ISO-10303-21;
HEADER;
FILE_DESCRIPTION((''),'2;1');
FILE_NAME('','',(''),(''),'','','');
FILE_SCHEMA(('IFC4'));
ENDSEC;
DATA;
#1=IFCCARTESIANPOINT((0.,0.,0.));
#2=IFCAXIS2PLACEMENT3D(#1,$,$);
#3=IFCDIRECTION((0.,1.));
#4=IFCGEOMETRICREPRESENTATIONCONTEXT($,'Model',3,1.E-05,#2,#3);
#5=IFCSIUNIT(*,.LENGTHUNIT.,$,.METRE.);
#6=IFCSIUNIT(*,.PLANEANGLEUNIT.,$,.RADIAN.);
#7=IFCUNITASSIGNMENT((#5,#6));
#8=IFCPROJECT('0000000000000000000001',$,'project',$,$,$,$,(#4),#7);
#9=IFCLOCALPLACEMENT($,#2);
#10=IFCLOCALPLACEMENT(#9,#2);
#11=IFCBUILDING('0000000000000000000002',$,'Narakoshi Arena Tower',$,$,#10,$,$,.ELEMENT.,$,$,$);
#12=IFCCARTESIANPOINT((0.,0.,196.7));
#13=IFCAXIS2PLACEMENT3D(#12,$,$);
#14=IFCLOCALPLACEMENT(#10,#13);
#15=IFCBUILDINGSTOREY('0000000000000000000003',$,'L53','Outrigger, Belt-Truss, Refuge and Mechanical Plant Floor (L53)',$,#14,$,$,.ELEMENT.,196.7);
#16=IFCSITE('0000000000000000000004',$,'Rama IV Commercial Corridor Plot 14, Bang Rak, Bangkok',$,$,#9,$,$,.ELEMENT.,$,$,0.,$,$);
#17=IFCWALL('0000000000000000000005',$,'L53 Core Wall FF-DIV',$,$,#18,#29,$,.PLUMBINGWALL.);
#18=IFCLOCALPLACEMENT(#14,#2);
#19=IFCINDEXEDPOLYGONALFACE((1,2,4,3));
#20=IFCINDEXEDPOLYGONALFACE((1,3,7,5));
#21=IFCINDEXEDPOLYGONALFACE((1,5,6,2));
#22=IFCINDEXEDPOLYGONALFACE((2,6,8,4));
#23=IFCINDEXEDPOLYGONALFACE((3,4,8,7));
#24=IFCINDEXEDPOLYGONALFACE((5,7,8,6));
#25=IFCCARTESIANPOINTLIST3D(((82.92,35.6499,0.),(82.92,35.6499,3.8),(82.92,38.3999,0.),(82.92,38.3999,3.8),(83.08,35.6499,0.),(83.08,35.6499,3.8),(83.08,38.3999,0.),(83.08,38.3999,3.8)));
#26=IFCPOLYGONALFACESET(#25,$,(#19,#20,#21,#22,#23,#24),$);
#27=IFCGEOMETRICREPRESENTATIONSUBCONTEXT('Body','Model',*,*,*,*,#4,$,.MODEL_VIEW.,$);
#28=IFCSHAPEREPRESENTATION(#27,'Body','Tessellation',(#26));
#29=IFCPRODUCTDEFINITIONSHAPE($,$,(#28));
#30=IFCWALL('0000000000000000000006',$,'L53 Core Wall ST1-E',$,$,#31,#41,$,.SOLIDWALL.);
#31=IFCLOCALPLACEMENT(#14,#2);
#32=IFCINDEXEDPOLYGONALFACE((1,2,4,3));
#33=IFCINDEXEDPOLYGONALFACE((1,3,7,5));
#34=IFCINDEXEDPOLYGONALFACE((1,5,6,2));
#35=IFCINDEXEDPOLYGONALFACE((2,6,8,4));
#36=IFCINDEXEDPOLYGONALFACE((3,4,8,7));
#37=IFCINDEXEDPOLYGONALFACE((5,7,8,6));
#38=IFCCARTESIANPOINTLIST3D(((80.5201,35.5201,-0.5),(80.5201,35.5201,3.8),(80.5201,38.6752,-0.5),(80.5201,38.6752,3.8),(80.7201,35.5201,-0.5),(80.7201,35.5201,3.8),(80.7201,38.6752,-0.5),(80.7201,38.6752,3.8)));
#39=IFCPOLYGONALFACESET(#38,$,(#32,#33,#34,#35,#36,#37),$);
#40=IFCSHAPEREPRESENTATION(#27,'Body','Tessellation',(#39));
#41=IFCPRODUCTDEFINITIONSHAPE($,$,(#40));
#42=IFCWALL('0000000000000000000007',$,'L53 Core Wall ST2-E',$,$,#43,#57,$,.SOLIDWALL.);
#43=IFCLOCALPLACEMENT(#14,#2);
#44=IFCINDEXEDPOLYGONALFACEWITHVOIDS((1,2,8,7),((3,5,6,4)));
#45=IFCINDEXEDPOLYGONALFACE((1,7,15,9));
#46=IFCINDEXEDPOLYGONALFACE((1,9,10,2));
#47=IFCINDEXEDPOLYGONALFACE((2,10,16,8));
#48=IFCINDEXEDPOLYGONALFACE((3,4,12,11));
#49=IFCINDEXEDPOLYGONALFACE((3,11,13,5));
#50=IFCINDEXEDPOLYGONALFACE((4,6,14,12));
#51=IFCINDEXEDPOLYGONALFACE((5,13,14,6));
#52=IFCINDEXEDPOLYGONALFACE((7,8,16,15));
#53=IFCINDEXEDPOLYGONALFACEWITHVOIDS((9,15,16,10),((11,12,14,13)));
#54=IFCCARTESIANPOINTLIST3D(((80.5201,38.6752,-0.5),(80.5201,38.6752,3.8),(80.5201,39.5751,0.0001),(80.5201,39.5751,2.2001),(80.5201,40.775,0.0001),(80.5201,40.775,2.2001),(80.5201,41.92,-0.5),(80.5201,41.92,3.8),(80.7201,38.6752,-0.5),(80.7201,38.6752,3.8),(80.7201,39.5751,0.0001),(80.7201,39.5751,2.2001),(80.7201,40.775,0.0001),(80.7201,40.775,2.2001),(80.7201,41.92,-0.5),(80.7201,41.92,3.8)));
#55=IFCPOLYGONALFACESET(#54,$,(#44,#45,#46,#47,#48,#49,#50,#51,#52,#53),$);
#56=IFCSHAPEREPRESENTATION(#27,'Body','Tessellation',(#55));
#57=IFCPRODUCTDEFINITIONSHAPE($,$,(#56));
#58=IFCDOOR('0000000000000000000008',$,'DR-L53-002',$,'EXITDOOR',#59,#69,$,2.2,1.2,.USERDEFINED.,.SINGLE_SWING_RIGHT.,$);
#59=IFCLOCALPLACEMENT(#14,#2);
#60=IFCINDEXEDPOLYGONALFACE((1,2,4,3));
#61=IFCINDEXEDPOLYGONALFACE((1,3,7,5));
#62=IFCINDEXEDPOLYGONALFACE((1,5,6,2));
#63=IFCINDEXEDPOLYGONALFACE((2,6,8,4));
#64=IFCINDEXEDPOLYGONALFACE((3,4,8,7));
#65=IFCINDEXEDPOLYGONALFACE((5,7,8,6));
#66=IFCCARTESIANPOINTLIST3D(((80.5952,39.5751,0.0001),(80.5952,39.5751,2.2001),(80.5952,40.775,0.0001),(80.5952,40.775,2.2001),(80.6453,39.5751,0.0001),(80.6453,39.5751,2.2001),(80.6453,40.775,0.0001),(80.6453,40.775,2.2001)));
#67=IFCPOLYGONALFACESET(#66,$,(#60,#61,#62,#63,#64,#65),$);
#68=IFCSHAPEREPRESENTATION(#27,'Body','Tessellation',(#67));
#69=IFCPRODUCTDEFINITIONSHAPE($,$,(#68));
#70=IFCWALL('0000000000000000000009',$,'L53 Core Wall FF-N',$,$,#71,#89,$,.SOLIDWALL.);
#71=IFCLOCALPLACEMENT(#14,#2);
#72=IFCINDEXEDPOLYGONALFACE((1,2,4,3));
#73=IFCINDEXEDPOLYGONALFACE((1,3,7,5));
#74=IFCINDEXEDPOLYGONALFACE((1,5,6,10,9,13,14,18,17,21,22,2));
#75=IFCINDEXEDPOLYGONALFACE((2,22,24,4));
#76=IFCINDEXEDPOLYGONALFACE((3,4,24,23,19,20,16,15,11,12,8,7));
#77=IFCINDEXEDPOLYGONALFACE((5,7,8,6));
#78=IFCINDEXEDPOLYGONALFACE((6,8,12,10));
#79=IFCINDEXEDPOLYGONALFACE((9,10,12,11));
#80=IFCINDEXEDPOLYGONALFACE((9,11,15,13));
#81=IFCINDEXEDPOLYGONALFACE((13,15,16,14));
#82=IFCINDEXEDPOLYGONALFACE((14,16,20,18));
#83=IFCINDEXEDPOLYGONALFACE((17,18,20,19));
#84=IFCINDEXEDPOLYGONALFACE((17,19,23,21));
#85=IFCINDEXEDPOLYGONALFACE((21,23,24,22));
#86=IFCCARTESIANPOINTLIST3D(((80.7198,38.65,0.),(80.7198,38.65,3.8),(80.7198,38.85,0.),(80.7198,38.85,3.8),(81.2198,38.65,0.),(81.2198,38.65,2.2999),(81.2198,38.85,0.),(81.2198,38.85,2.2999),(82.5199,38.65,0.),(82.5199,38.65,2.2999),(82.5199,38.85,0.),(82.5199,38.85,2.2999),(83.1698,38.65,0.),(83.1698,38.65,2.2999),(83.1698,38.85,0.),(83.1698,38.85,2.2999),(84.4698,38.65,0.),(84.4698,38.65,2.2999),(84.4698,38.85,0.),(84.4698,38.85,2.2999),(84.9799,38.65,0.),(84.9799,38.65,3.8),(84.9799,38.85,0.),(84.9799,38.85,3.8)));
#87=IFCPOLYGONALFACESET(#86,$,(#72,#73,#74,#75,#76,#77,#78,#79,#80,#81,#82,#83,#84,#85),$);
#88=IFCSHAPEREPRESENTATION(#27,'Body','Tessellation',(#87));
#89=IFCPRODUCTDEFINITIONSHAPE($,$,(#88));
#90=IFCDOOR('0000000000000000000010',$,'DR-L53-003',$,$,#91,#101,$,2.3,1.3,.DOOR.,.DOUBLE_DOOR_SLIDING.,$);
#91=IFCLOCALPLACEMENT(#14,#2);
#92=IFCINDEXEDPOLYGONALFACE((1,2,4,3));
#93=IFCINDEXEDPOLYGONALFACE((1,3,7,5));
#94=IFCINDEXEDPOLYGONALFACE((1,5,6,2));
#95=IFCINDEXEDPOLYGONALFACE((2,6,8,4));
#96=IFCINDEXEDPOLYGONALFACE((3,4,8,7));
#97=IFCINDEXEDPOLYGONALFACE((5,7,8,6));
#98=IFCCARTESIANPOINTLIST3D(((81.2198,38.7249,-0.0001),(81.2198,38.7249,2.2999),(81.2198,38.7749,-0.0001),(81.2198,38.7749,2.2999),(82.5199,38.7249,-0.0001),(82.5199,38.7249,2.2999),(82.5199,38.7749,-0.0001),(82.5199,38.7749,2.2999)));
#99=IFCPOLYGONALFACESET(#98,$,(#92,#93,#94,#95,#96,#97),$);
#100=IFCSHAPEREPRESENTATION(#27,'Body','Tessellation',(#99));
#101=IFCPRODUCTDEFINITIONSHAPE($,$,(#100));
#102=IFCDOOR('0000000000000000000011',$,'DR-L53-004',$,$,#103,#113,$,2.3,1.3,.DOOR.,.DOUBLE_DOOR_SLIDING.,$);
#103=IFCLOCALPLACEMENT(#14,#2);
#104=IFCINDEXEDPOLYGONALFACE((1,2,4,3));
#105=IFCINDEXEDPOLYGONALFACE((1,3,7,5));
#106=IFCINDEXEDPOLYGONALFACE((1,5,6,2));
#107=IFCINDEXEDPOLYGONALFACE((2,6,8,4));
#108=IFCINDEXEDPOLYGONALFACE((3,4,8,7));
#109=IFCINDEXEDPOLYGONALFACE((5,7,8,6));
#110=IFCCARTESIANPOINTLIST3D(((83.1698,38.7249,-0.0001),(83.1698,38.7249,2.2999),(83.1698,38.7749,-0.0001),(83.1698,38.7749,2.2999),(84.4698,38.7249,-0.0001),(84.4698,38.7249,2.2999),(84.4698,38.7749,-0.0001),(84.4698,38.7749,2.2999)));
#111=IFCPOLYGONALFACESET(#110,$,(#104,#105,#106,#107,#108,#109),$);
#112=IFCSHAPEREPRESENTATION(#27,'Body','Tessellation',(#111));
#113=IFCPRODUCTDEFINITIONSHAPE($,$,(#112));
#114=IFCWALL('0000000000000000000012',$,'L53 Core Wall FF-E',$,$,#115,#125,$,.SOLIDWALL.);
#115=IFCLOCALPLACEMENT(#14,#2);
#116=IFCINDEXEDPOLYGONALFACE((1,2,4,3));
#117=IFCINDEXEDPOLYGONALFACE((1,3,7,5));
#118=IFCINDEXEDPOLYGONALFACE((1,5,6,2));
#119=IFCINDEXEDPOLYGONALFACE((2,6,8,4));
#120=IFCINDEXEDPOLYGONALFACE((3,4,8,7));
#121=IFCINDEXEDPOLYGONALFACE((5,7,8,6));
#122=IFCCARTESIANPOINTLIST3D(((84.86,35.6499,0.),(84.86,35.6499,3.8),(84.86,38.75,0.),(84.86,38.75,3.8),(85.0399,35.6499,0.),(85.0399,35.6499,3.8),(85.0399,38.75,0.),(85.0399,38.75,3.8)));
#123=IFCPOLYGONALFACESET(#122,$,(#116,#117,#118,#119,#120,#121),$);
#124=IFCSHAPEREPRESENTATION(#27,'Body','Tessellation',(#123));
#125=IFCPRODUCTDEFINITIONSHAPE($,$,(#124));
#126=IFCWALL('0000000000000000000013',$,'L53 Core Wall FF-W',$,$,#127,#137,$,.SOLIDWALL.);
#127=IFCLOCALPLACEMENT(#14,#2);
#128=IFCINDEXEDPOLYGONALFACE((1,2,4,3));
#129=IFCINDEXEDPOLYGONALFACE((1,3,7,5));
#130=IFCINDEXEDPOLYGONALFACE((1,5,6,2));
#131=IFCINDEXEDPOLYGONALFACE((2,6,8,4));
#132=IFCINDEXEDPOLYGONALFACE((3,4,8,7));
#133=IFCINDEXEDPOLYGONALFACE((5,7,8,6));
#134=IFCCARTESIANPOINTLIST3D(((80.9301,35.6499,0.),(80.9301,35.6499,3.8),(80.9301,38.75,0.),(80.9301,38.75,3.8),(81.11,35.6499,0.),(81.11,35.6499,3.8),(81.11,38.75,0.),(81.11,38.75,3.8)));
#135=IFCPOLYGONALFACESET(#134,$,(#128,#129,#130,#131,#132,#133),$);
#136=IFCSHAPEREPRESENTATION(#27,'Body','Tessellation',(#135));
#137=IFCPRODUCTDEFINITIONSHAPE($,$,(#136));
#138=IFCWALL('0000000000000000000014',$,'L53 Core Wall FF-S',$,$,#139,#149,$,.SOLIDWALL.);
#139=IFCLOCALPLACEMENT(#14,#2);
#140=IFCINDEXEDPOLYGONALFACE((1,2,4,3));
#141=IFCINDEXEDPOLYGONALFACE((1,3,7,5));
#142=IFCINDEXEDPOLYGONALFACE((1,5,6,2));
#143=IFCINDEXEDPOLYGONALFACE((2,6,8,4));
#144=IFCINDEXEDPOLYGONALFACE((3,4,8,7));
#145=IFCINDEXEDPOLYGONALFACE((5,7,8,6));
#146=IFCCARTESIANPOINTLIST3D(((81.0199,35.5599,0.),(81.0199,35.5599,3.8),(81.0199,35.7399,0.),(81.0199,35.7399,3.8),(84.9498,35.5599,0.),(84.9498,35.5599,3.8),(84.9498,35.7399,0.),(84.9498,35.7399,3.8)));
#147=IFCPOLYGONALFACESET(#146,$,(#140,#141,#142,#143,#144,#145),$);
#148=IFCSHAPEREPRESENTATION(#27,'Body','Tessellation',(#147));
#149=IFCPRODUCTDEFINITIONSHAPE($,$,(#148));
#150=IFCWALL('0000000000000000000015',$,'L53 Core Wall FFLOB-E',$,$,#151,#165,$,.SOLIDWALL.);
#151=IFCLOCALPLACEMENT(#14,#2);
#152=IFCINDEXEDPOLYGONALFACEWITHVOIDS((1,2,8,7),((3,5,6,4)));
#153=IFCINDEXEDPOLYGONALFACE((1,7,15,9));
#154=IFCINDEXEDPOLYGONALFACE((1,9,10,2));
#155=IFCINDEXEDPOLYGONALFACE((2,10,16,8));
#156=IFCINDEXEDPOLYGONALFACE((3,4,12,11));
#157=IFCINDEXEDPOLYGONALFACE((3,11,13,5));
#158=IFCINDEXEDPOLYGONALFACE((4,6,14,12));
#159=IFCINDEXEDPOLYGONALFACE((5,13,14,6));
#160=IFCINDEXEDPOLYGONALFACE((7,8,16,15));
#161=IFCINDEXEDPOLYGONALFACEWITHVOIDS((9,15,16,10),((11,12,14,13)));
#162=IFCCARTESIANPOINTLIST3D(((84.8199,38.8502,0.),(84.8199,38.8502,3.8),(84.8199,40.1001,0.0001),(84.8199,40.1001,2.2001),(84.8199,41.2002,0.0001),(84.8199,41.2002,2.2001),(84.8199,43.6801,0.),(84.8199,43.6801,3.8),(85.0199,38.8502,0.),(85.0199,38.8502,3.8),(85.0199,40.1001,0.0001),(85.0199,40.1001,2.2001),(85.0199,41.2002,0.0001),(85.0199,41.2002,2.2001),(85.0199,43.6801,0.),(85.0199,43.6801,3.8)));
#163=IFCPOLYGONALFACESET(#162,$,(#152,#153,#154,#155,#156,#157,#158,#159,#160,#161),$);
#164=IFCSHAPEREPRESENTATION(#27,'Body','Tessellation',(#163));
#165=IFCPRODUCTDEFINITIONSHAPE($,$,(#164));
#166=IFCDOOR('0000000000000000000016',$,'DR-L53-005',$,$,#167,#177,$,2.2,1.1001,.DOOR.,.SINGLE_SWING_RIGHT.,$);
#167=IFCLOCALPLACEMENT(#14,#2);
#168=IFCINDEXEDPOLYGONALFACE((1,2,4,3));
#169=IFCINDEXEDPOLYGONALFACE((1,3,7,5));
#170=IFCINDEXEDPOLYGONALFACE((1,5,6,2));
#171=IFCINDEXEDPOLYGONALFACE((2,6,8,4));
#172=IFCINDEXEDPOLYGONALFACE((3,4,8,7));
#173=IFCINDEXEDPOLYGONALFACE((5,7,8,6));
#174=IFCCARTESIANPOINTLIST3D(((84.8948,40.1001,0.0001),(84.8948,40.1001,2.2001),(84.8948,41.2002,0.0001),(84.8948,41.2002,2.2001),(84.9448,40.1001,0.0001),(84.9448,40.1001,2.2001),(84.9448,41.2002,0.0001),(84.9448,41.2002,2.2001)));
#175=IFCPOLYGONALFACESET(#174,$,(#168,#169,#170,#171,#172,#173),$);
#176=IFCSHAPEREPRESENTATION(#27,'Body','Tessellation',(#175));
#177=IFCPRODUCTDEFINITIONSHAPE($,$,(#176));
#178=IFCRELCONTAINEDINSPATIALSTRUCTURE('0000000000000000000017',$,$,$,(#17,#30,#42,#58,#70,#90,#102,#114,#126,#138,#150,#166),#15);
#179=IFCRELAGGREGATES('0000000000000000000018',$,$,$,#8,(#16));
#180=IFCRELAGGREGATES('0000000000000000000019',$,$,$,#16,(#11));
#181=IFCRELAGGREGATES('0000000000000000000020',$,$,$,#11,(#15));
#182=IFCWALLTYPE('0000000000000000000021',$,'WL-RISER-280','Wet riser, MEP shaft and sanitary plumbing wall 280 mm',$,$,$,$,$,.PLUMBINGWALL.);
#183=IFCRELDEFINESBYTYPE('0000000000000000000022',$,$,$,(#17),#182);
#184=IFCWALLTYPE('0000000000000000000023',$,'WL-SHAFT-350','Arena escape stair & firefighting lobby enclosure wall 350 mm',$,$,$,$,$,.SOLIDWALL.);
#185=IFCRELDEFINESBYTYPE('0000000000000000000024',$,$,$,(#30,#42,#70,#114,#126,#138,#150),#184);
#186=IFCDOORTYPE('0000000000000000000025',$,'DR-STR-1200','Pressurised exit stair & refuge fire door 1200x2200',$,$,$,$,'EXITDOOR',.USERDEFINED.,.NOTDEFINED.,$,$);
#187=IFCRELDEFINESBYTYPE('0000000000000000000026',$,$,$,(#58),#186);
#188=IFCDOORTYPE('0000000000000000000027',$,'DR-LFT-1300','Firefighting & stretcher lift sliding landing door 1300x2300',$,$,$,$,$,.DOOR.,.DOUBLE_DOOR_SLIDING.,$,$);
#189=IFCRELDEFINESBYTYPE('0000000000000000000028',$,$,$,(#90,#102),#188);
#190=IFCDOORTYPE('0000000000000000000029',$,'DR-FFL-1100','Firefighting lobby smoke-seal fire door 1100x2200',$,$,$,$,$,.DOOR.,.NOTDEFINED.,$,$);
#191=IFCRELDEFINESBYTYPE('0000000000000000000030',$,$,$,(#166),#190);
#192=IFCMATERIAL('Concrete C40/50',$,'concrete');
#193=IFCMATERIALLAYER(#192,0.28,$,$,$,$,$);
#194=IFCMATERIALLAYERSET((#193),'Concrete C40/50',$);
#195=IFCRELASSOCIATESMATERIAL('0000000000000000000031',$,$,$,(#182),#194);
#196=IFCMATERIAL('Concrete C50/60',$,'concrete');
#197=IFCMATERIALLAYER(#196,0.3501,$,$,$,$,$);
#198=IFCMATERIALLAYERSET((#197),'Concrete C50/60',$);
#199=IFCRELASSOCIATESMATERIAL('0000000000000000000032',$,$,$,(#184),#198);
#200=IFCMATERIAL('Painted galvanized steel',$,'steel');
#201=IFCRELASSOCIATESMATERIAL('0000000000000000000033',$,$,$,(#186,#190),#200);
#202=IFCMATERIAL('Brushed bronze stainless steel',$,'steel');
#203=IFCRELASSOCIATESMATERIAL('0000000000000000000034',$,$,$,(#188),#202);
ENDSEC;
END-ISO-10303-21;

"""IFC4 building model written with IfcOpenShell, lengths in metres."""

from ifc_helpers import new_model, si_unit, direction, frame, frame_2d, origin, place, context, subcontext, project, spatial, rectangle, extrude, material, layer, layer_set, type_object, element, fill, save


model = new_model("IFC4")

# Units and contexts
model_context = context("Model", 3, precision=1e-05, world=origin(), true_north=direction((0.0, 1.0)))
body_context = subcontext(model_context, "Body", "Model", "MODEL_VIEW")
ifc_project = project(units=[si_unit("LENGTHUNIT", "METRE"), si_unit("PLANEANGLEUNIT", "RADIAN")], contexts=[model_context])

# Site, building, storey
site_placement = place(None, origin())
site = spatial("IfcSite", under=ifc_project, at=site_placement, Name="Rama IV Commercial Corridor Plot 14, Bang Rak, Bangkok", CompositionType="ELEMENT", RefElevation=0.0)
building_placement = place(site_placement, origin())
building = spatial("IfcBuilding", under=site, at=building_placement, Name="Narakoshi Arena Tower", CompositionType="ELEMENT")
storey_placement = place(building_placement, frame((0.0, 0.0, 196.7)))
storey = spatial("IfcBuildingStorey", under=building, at=storey_placement, Name="L53", Description="Outrigger, Belt-Truss, Refuge and Mechanical Plant Floor (L53)", CompositionType="ELEMENT", Elevation=196.7)

# Shared definitions
ifc_material_1 = material(Name="Concrete C50/60", Category="concrete")

# Walls
ifc_material_2 = material(Name="Concrete C40/50", Category="concrete")
ifc_layer_1 = layer(ifc_material_2, 0.28)
ifc_layer_set_1 = layer_set([ifc_layer_1], Name="Concrete C40/50")
wall_type_1 = type_object("IfcWallType", Name="WL-RISER-280", Description="Wet riser, MEP shaft and sanitary plumbing wall 280 mm", PredefinedType="PLUMBINGWALL", material=ifc_layer_set_1)
wall_1_placement = place(storey_placement, frame((83.0, 35.6499, 0.0), z_axis=(0.0, 0.0, 1.0), x_axis=(0.0, 1.0, 0.0)))
element("IfcWall", 1, at=wall_1_placement, inside=storey, type_object=wall_type_1, Name="L53 Core Wall FF-DIV", PredefinedType="PLUMBINGWALL", context=body_context, shape_type="SweptSolid", body=[
    extrude(rectangle(XDim=2.75, YDim=0.1599, at=frame_2d((1.375, 0.0))), origin(), (0.0, 0.0, 1.0), 3.8),
])
ifc_layer_2 = layer(ifc_material_1, 0.3501)
ifc_layer_set_2 = layer_set([ifc_layer_2], Name="Concrete C50/60")
wall_type_2 = type_object("IfcWallType", Name="WL-SHAFT-350", Description="Arena escape stair & firefighting lobby enclosure wall 350 mm", PredefinedType="SOLIDWALL", material=ifc_layer_set_2)
wall_2_placement = place(storey_placement, frame((80.6201, 35.52, -0.5), z_axis=(0.0, 0.0, 1.0), x_axis=(0.0, 1.0, 0.0)))
element("IfcWall", 2, at=wall_2_placement, inside=storey, type_object=wall_type_2, Name="L53 Core Wall ST1-E", PredefinedType="SOLIDWALL", context=body_context, shape_type="SweptSolid", body=[
    extrude(rectangle(XDim=3.155, YDim=0.2, at=frame_2d((1.5776, 0.0))), origin(), (0.0, 0.0, 1.0), 4.3),
])

# Wall, opening, door
wall_3_placement = place(storey_placement, frame((80.6201, 38.675, -0.5), z_axis=(0.0, 0.0, 1.0), x_axis=(0.0, 1.0, 0.0)))
wall_3 = element("IfcWall", 3, at=wall_3_placement, inside=storey, type_object=wall_type_2, Name="L53 Core Wall ST2-E", PredefinedType="SOLIDWALL", context=body_context, shape_type="SweptSolid", body=[
    extrude(rectangle(XDim=3.2449, YDim=0.2, at=frame_2d((1.6226, 0.0))), origin(), (0.0, 0.0, 1.0), 4.3),
])
opening_1_placement = place(wall_3_placement, frame((0.8999, 0.0, 0.5)))
opening_1 = element("IfcOpeningElement", 4, at=opening_1_placement, cuts=wall_3, PredefinedType="OPENING", context=body_context, shape_type="SweptSolid", body=[
    extrude(rectangle(XDim=1.2, YDim=2.2, at=frame_2d((0.6001, 1.1001))), frame((0.0, 0.1099, 0.0), z_axis=(0.0, -1.0, 0.0), x_axis=(1.0, 0.0, 0.0)), (0.0, 0.0, 1.0), 0.22),
])
ifc_material_3 = material(Name="Painted galvanized steel", Category="steel")
door_type_1 = type_object("IfcDoorType", Name="DR-STR-1200", Description="Pressurised exit stair & refuge fire door 1200x2200", ElementType="EXITDOOR", OperationType="NOTDEFINED", PredefinedType="USERDEFINED", material=ifc_material_3)
door_1_placement = place(opening_1_placement, origin())
door_1 = element("IfcDoor", 5, at=door_1_placement, inside=storey, type_object=door_type_1, Name="DR-L53-002", ObjectType="EXITDOOR", OperationType="SINGLE_SWING_RIGHT", OverallHeight=2.2, OverallWidth=1.2, PredefinedType="USERDEFINED", context=body_context, shape_type="SweptSolid", body=[
    extrude(rectangle(XDim=1.2, YDim=2.2, at=frame_2d((0.6001, 1.1001))), frame((0.0, 0.0249, 0.0), z_axis=(0.0, -1.0, 0.0), x_axis=(1.0, 0.0, 0.0)), (0.0, 0.0, 1.0), 0.05),
])
fill(opening_1, door_1)

# Wall, openings, doors
wall_4_placement = place(storey_placement, frame((80.72, 38.75, 0.0), z_axis=(0.0, 0.0, 1.0), x_axis=(1.0, 0.0, 0.0)))
wall_4 = element("IfcWall", 6, at=wall_4_placement, inside=storey, type_object=wall_type_2, Name="L53 Core Wall FF-N", PredefinedType="SOLIDWALL", context=body_context, shape_type="SweptSolid", body=[
    extrude(rectangle(XDim=4.26, YDim=0.2, at=frame_2d((2.1299, 0.0))), origin(), (0.0, 0.0, 1.0), 3.8),
])
opening_2_placement = place(wall_4_placement, frame((0.5, 0.0, 0.0)))
opening_2 = element("IfcOpeningElement", 7, at=opening_2_placement, cuts=wall_4, PredefinedType="OPENING", context=body_context, shape_type="SweptSolid", body=[
    extrude(rectangle(XDim=1.3, YDim=2.3, at=frame_2d((0.6499, 1.1499))), frame((0.0, 0.1099, 0.0), z_axis=(0.0, -1.0, 0.0), x_axis=(1.0, 0.0, 0.0)), (0.0, 0.0, 1.0), 0.22),
])
opening_3_placement = place(wall_4_placement, frame((2.45, 0.0, 0.0)))
opening_3 = element("IfcOpeningElement", 8, at=opening_3_placement, cuts=wall_4, PredefinedType="OPENING", context=body_context, shape_type="SweptSolid", body=[
    extrude(rectangle(XDim=1.3, YDim=2.3, at=frame_2d((0.6499, 1.1499))), frame((0.0, 0.1099, 0.0), z_axis=(0.0, -1.0, 0.0), x_axis=(1.0, 0.0, 0.0)), (0.0, 0.0, 1.0), 0.22),
])
ifc_material_4 = material(Name="Brushed bronze stainless steel", Category="steel")
door_type_2 = type_object("IfcDoorType", Name="DR-LFT-1300", Description="Firefighting & stretcher lift sliding landing door 1300x2300", OperationType="DOUBLE_DOOR_SLIDING", PredefinedType="DOOR", material=ifc_material_4)
door_2_placement = place(opening_2_placement, origin())
door_2 = element("IfcDoor", 9, at=door_2_placement, inside=storey, type_object=door_type_2, Name="DR-L53-003", OperationType="DOUBLE_DOOR_SLIDING", OverallHeight=2.3, OverallWidth=1.3, PredefinedType="DOOR", context=body_context, shape_type="SweptSolid", body=[
    extrude(rectangle(XDim=1.3, YDim=2.3, at=frame_2d((0.6499, 1.1499))), frame((0.0, 0.0249, 0.0), z_axis=(0.0, -1.0, 0.0), x_axis=(1.0, 0.0, 0.0)), (0.0, 0.0, 1.0), 0.05),
])
fill(opening_2, door_2)
door_3_placement = place(opening_3_placement, origin())
door_3 = element("IfcDoor", 10, at=door_3_placement, inside=storey, type_object=door_type_2, Name="DR-L53-004", OperationType="DOUBLE_DOOR_SLIDING", OverallHeight=2.3, OverallWidth=1.3, PredefinedType="DOOR", context=body_context, shape_type="SweptSolid", body=[
    extrude(rectangle(XDim=1.3, YDim=2.3, at=frame_2d((0.6499, 1.1499))), frame((0.0, 0.0249, 0.0), z_axis=(0.0, -1.0, 0.0), x_axis=(1.0, 0.0, 0.0)), (0.0, 0.0, 1.0), 0.05),
])
fill(opening_3, door_3)

# Walls
for number, where, z_axis, x_axis, name in (
    (11, (84.95, 35.6499, 0.0), (0.0, 0.0, 1.0), (0.0, 1.0, 0.0), "L53 Core Wall FF-E"),
    (12, (81.02, 35.6499, 0.0), (0.0, 0.0, 1.0), (0.0, 1.0, 0.0), "L53 Core Wall FF-W"),
):
    element("IfcWall", number, at=place(storey_placement, frame(where, z_axis=z_axis, x_axis=x_axis)), inside=storey, type_object=wall_type_2, Name=name, PredefinedType="SOLIDWALL", context=body_context, shape_type="SweptSolid", body=[
        extrude(rectangle(XDim=3.1001, YDim=0.1799, at=frame_2d((1.55, 0.0))), origin(), (0.0, 0.0, 1.0), 3.8),
    ])
wall_5_placement = place(storey_placement, frame((81.02, 35.6499, 0.0), z_axis=(0.0, 0.0, 1.0), x_axis=(1.0, 0.0, 0.0)))
element("IfcWall", 13, at=wall_5_placement, inside=storey, type_object=wall_type_2, Name="L53 Core Wall FF-S", PredefinedType="SOLIDWALL", context=body_context, shape_type="SweptSolid", body=[
    extrude(rectangle(XDim=3.9299, YDim=0.1799, at=frame_2d((1.9648, 0.0))), origin(), (0.0, 0.0, 1.0), 3.8),
])

# Wall, opening, door
wall_6_placement = place(storey_placement, frame((84.9199, 38.8501, 0.0), z_axis=(0.0, 0.0, 1.0), x_axis=(0.0, 1.0, 0.0)))
wall_6 = element("IfcWall", 14, at=wall_6_placement, inside=storey, type_object=wall_type_2, Name="L53 Core Wall FFLOB-E", PredefinedType="SOLIDWALL", context=body_context, shape_type="SweptSolid", body=[
    extrude(rectangle(XDim=4.8298, YDim=0.2, at=frame_2d((2.415, 0.0))), origin(), (0.0, 0.0, 1.0), 3.8),
])
opening_4_placement = place(wall_6_placement, frame((1.25, 0.0, 0.0)))
opening_4 = element("IfcOpeningElement", 15, at=opening_4_placement, cuts=wall_6, PredefinedType="OPENING", context=body_context, shape_type="SweptSolid", body=[
    extrude(rectangle(XDim=1.1001, YDim=2.2, at=frame_2d((0.55, 1.1001))), frame((0.0, 0.1099, 0.0), z_axis=(0.0, -1.0, 0.0), x_axis=(1.0, 0.0, 0.0)), (0.0, 0.0, 1.0), 0.22),
])
door_type_3 = type_object("IfcDoorType", Name="DR-FFL-1100", Description="Firefighting lobby smoke-seal fire door 1100x2200", OperationType="NOTDEFINED", PredefinedType="DOOR", material=ifc_material_3)
door_4_placement = place(opening_4_placement, frame((1.1001, 0.0, 0.0), z_axis=(0.0, 0.0, 1.0), x_axis=(-1.0, 0.0, 0.0)))
door_4 = element("IfcDoor", 16, at=door_4_placement, inside=storey, type_object=door_type_3, Name="DR-L53-005", OperationType="SINGLE_SWING_RIGHT", OverallHeight=2.2, OverallWidth=1.1001, PredefinedType="DOOR", context=body_context, shape_type="SweptSolid", body=[
    extrude(rectangle(XDim=1.1001, YDim=2.2, at=frame_2d((0.55, 1.1001))), frame((0.0, 0.0249, 0.0), z_axis=(0.0, -1.0, 0.0), x_axis=(1.0, 0.0, 0.0)), (0.0, 0.0, 1.0), 0.05),
])
fill(opening_4, door_4)

save(model, "model.ifc")
